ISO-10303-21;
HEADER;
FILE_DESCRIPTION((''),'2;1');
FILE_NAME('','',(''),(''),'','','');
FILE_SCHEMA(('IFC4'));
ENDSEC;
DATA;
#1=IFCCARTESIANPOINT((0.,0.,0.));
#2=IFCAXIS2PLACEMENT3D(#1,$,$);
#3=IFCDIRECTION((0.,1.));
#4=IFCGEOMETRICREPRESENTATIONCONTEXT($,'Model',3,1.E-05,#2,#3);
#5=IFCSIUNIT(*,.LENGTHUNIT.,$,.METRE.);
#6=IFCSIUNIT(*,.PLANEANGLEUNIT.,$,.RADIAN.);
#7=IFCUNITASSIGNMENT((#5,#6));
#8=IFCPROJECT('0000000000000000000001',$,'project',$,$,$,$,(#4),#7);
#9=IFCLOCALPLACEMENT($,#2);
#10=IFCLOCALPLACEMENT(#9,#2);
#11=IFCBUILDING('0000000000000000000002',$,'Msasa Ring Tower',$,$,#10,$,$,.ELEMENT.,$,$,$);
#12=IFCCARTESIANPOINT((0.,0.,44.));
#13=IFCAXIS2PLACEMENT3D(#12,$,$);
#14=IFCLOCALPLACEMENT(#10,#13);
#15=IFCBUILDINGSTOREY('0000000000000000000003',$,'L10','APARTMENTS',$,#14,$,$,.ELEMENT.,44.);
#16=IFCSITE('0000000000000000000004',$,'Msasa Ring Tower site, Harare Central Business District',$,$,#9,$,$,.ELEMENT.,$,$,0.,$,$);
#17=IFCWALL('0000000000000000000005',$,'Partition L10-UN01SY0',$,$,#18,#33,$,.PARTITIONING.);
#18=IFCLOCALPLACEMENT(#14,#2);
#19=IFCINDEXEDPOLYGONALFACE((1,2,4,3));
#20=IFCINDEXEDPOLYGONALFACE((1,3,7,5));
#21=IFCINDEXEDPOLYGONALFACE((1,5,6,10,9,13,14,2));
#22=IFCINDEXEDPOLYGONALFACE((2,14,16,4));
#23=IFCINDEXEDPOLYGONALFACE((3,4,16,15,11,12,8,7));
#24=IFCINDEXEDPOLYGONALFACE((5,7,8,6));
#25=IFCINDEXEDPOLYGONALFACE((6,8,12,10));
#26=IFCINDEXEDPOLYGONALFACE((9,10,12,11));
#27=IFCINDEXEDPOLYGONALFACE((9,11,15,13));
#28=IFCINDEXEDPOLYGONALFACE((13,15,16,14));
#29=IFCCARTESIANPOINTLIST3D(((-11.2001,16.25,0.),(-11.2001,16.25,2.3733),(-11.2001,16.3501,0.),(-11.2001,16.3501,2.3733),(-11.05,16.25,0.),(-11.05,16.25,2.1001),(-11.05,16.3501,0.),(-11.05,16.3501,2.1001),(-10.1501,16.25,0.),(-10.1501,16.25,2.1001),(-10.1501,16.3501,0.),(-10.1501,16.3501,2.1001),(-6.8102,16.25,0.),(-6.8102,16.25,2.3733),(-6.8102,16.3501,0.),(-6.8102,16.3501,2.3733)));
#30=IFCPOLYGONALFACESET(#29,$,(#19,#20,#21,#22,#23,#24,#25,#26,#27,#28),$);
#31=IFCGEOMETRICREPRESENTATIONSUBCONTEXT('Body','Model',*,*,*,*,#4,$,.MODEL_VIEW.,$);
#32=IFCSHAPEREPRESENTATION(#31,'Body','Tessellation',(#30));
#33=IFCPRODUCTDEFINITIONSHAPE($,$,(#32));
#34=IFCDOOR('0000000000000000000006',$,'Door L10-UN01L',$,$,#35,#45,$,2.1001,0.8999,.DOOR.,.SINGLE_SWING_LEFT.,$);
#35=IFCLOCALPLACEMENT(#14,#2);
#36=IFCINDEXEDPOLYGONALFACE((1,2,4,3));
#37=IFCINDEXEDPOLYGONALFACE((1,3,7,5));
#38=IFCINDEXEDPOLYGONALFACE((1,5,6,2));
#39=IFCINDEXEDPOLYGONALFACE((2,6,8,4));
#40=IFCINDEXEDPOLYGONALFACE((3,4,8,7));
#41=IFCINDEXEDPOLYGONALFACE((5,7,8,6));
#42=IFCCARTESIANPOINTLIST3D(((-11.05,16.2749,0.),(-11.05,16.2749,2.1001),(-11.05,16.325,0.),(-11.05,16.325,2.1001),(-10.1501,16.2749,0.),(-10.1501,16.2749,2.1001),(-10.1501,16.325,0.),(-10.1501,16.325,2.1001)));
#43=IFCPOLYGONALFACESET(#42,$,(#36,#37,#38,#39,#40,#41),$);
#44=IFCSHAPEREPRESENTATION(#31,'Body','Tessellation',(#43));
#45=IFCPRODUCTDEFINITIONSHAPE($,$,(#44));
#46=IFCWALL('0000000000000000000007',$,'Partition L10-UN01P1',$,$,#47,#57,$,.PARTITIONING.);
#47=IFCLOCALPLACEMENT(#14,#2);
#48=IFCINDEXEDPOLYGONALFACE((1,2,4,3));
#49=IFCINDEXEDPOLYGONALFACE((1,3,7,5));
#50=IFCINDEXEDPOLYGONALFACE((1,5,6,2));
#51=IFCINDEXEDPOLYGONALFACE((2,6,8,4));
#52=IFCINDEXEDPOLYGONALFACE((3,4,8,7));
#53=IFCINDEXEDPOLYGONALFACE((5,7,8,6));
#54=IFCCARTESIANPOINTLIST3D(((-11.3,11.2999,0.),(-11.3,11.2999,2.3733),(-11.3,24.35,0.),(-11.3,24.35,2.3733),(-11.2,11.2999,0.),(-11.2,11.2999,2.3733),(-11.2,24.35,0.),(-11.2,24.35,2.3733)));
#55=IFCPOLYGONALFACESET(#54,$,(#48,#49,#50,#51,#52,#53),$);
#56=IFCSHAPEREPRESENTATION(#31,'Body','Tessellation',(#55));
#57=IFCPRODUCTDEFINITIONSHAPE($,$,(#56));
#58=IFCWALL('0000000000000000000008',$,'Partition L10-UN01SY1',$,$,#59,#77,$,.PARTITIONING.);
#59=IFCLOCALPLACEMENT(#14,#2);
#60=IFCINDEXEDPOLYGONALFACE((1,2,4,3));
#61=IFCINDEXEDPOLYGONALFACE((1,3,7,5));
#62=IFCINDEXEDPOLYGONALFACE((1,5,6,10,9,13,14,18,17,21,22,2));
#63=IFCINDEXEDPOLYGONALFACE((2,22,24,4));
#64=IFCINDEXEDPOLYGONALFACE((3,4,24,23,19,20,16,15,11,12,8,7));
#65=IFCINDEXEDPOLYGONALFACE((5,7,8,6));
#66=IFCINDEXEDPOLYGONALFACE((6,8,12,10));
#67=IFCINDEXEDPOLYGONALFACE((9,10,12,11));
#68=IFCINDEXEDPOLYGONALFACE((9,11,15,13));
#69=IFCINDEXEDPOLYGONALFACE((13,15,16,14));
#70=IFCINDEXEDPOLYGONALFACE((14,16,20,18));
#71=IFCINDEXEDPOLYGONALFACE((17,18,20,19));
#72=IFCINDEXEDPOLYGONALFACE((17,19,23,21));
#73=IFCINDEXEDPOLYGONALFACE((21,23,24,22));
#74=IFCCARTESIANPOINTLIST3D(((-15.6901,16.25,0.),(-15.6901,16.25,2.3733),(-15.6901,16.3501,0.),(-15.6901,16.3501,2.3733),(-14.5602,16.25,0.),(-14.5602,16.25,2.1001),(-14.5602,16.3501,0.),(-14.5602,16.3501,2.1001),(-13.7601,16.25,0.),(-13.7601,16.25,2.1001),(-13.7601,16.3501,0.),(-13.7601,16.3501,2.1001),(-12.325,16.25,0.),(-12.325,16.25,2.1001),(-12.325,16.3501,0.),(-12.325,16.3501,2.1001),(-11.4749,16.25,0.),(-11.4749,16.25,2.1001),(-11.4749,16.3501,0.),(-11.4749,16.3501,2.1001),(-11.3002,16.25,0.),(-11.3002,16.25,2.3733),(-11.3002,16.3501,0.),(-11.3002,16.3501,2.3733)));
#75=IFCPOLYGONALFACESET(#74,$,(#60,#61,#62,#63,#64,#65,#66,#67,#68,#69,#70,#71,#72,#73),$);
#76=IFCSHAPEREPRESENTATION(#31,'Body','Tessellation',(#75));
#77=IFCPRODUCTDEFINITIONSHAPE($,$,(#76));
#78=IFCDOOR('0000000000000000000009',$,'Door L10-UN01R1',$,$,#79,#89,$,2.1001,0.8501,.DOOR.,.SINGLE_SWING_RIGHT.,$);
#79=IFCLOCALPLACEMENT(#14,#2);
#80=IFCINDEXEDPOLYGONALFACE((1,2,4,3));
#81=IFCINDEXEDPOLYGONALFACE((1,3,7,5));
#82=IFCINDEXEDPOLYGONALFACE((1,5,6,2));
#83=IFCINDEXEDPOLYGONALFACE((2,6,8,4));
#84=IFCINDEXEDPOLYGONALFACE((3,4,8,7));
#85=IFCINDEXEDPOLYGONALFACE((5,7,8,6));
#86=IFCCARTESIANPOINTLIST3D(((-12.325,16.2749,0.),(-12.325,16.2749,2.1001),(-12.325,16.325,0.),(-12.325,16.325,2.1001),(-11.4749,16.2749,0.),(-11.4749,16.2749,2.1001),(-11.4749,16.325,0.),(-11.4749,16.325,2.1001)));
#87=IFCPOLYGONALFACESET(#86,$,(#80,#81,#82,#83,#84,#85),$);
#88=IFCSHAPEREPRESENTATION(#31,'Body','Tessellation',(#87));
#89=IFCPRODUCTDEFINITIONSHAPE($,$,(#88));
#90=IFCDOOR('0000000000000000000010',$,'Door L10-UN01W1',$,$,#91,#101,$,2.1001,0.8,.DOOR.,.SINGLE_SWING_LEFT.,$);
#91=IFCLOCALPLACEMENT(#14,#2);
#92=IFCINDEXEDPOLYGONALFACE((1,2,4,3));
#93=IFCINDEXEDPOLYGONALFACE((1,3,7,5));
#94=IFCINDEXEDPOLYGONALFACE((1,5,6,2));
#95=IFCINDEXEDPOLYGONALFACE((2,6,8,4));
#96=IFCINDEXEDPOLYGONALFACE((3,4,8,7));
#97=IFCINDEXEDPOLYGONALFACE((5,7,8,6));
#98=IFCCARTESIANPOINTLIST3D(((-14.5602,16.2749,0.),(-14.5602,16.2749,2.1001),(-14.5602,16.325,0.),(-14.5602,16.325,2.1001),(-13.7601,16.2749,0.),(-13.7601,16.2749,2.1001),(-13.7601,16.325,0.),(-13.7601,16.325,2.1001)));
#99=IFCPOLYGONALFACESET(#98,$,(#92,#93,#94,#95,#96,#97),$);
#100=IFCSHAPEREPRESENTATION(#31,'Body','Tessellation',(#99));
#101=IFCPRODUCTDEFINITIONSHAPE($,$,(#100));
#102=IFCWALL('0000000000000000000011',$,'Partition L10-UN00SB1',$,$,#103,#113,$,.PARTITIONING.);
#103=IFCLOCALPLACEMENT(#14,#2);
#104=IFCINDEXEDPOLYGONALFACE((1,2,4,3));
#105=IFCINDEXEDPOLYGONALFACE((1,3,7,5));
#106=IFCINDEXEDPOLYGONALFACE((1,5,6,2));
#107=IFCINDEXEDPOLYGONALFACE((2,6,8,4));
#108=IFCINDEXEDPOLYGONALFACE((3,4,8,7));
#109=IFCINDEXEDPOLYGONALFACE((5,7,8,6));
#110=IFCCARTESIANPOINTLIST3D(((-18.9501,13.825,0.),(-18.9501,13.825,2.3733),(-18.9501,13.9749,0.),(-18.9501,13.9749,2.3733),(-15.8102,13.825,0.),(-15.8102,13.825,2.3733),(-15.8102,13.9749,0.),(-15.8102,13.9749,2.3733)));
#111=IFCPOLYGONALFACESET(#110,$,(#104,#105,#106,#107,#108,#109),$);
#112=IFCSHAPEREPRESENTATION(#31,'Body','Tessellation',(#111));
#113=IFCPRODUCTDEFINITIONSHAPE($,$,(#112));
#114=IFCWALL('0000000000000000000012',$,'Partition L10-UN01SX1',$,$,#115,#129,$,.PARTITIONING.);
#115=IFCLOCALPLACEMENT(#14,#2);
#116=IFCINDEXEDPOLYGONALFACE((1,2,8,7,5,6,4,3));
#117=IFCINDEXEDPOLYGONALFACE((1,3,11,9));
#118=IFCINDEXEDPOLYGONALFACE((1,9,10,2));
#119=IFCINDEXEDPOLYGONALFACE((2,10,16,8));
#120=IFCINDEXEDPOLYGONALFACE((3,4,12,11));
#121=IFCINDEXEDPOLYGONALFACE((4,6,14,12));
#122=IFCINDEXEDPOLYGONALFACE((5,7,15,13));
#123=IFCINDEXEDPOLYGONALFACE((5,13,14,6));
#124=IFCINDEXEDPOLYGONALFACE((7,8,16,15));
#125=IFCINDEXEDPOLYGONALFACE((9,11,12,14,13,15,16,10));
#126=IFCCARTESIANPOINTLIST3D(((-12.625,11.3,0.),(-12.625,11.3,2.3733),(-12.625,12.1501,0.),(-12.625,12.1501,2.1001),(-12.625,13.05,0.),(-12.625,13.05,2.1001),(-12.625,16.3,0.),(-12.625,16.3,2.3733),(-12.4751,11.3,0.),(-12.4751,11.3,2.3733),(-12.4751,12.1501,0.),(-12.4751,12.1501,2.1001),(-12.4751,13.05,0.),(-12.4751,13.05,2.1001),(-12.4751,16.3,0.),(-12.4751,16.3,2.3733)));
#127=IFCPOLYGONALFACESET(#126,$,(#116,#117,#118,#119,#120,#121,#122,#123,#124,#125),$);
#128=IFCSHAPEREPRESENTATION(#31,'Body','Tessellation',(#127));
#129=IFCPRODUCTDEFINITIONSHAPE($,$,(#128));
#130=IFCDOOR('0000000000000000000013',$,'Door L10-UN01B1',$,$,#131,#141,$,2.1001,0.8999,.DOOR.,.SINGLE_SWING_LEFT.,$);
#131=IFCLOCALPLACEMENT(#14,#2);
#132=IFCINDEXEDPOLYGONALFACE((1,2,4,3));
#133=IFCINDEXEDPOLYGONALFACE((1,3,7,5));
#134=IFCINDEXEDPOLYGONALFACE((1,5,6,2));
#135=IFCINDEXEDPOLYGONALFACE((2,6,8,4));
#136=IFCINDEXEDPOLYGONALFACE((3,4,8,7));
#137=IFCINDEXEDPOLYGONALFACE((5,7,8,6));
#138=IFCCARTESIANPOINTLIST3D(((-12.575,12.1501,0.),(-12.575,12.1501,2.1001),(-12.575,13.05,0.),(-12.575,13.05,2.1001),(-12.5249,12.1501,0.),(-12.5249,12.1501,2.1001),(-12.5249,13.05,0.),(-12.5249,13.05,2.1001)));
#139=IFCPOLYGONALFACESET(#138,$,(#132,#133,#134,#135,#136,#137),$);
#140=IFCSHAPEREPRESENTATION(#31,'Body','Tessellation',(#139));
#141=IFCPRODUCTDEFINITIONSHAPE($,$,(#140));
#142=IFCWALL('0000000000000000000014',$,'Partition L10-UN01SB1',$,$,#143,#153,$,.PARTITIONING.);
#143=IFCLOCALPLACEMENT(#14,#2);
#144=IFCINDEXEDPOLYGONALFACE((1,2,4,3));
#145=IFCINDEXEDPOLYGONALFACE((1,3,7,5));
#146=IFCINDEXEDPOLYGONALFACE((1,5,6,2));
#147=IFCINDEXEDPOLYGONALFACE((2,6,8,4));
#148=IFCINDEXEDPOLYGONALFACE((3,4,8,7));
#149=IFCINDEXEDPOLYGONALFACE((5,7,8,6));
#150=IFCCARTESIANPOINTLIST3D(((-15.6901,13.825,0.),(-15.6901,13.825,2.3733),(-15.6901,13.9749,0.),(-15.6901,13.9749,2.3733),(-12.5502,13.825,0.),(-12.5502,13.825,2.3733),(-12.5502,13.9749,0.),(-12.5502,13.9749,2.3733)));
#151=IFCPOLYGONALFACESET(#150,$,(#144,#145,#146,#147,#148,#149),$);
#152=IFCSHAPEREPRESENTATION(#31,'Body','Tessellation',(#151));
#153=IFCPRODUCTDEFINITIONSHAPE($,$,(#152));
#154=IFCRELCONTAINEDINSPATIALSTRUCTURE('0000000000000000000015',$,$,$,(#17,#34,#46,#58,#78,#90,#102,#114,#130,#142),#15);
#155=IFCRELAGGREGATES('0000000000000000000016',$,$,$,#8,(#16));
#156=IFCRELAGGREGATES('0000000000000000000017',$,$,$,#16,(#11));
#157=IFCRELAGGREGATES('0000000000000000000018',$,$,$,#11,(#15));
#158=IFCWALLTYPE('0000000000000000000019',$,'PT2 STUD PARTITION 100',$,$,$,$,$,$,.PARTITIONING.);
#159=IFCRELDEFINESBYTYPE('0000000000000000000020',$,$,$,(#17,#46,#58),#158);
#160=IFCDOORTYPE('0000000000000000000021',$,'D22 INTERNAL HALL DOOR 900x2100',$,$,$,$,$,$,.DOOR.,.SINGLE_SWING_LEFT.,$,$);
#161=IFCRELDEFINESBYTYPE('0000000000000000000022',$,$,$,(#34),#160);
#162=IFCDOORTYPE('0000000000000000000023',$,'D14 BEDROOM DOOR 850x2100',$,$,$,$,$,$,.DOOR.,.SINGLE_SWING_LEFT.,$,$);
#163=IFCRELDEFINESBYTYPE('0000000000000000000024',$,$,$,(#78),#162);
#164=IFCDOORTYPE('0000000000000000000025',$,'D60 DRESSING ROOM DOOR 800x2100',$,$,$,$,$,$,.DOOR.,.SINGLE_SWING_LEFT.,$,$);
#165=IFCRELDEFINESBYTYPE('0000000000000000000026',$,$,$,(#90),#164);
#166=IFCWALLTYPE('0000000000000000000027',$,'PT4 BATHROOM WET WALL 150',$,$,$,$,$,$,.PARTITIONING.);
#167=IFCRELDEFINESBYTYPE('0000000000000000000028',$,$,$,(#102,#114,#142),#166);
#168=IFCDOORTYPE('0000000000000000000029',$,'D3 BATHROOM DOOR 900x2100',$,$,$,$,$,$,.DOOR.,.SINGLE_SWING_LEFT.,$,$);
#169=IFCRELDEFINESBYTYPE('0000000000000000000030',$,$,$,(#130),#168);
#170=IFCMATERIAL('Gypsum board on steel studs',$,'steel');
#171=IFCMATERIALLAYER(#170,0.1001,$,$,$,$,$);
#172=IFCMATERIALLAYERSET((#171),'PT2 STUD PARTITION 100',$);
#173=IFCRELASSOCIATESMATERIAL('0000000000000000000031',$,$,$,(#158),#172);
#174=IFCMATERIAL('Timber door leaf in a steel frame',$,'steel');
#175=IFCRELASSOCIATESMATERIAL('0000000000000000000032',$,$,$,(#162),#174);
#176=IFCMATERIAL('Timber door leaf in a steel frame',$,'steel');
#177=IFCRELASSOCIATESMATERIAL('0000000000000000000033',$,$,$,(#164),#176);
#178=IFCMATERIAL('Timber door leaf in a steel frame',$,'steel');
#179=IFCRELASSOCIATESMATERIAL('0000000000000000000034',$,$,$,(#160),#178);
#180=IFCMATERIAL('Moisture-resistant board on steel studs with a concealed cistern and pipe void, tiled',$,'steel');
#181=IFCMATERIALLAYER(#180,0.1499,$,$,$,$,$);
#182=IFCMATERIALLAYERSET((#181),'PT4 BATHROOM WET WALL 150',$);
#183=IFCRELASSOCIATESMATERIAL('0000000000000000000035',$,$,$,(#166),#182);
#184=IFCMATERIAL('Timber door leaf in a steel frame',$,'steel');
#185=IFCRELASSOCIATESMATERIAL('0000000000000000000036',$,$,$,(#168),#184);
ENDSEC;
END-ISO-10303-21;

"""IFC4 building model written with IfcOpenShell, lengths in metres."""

from ifc_helpers import new_model, si_unit, direction, frame, frame_2d, origin, place, context, subcontext, project, spatial, rectangle, extrude, material, layer, layer_set, type_object, element, fill, save


model = new_model("IFC4")

# Units and contexts
model_context = context("Model", 3, precision=1e-05, world=origin(), true_north=direction((0.0, 1.0)))
body_context = subcontext(model_context, "Body", "Model", "MODEL_VIEW")
ifc_project = project(units=[si_unit("LENGTHUNIT", "METRE"), si_unit("PLANEANGLEUNIT", "RADIAN")], contexts=[model_context])

# Site, building, storey
site_placement = place(None, origin())
site = spatial("IfcSite", under=ifc_project, at=site_placement, Name="Msasa Ring Tower site, Harare Central Business District", CompositionType="ELEMENT", RefElevation=0.0)
building_placement = place(site_placement, origin())
building = spatial("IfcBuilding", under=site, at=building_placement, Name="Msasa Ring Tower", CompositionType="ELEMENT")
storey_placement = place(building_placement, frame((0.0, 0.0, 44.0)))
storey = spatial("IfcBuildingStorey", under=building, at=storey_placement, Name="L10", Description="APARTMENTS", CompositionType="ELEMENT", Elevation=44.0)

# Shared definitions
ifc_material_1 = material(Name="Gypsum board on steel studs", Category="steel")
ifc_layer_1 = layer(ifc_material_1, 0.1001)
ifc_layer_set_1 = layer_set([ifc_layer_1], Name="PT2 STUD PARTITION 100")
wall_type_1 = type_object("IfcWallType", Name="PT2 STUD PARTITION 100", PredefinedType="PARTITIONING", material=ifc_layer_set_1)
ifc_material_2 = material(Name="Timber door leaf in a steel frame", Category="steel")
door_type_1 = type_object("IfcDoorType", Name="D14 BEDROOM DOOR 850x2100", OperationType="SINGLE_SWING_LEFT", PredefinedType="DOOR", material=ifc_material_2)
ifc_material_3 = material(Name="Timber door leaf in a steel frame", Category="steel")
door_type_2 = type_object("IfcDoorType", Name="D60 DRESSING ROOM DOOR 800x2100", OperationType="SINGLE_SWING_LEFT", PredefinedType="DOOR", material=ifc_material_3)

# Wall, opening, door
wall_1_placement = place(storey_placement, frame((-11.2, 16.3, 0.0), z_axis=(0.0, 0.0, 1.0), x_axis=(1.0, 0.0, 0.0)))
wall_1 = element("IfcWall", 1, at=wall_1_placement, inside=storey, type_object=wall_type_1, Name="Partition L10-UN01SY0", PredefinedType="PARTITIONING", context=body_context, shape_type="SweptSolid", body=[
    extrude(rectangle(XDim=4.3899, YDim=0.1001, at=frame_2d((2.1948, 0.0))), origin(), (0.0, 0.0, 1.0), 2.3733),
])
opening_1_placement = place(wall_1_placement, frame((0.1499, 0.0, 0.0)))
opening_1 = element("IfcOpeningElement", 2, at=opening_1_placement, cuts=wall_1, PredefinedType="OPENING", context=body_context, shape_type="SweptSolid", body=[
    extrude(rectangle(XDim=0.8999, YDim=2.1001, at=frame_2d((0.45, 1.05))), frame((0.0, 0.0601, 0.0), z_axis=(0.0, -1.0, 0.0), x_axis=(1.0, 0.0, 0.0)), (0.0, 0.0, 1.0), 0.1201),
])
ifc_material_4 = material(Name="Timber door leaf in a steel frame", Category="steel")
door_type_3 = type_object("IfcDoorType", Name="D22 INTERNAL HALL DOOR 900x2100", OperationType="SINGLE_SWING_LEFT", PredefinedType="DOOR", material=ifc_material_4)
door_1_placement = place(opening_1_placement, origin())
door_1 = element("IfcDoor", 3, at=door_1_placement, inside=storey, type_object=door_type_3, Name="Door L10-UN01L", OperationType="SINGLE_SWING_LEFT", OverallHeight=2.1001, OverallWidth=0.8999, PredefinedType="DOOR", context=body_context, shape_type="SweptSolid", body=[
    extrude(rectangle(XDim=0.8999, YDim=2.1001, at=frame_2d((0.45, 1.05))), frame((0.0, 0.0249, 0.0), z_axis=(0.0, -1.0, 0.0), x_axis=(1.0, 0.0, 0.0)), (0.0, 0.0, 1.0), 0.05),
])
fill(opening_1, door_1)

# Wall
wall_2_placement = place(storey_placement, frame((-11.25, 11.3, 0.0), z_axis=(0.0, 0.0, 1.0), x_axis=(0.0, 1.0, 0.0)))
element("IfcWall", 4, at=wall_2_placement, inside=storey, type_object=wall_type_1, Name="Partition L10-UN01P1", PredefinedType="PARTITIONING", context=body_context, shape_type="SweptSolid", body=[
    extrude(rectangle(XDim=13.05, YDim=0.1001, at=frame_2d((6.5249, 0.0))), origin(), (0.0, 0.0, 1.0), 2.3733),
])

# Wall, openings, doors
wall_3_placement = place(storey_placement, frame((-15.6899, 16.3, 0.0), z_axis=(0.0, 0.0, 1.0), x_axis=(1.0, 0.0, 0.0)))
wall_3 = element("IfcWall", 5, at=wall_3_placement, inside=storey, type_object=wall_type_1, Name="Partition L10-UN01SY1", PredefinedType="PARTITIONING", context=body_context, shape_type="SweptSolid", body=[
    extrude(rectangle(XDim=4.3899, YDim=0.1001, at=frame_2d((2.1948, 0.0))), origin(), (0.0, 0.0, 1.0), 2.3733),
])
opening_2_placement = place(wall_3_placement, frame((3.365, 0.0, 0.0)))
opening_2 = element("IfcOpeningElement", 6, at=opening_2_placement, cuts=wall_3, PredefinedType="OPENING", context=body_context, shape_type="SweptSolid", body=[
    extrude(rectangle(XDim=0.8501, YDim=2.1001, at=frame_2d((0.425, 1.05))), frame((0.0, 0.0601, 0.0), z_axis=(0.0, -1.0, 0.0), x_axis=(1.0, 0.0, 0.0)), (0.0, 0.0, 1.0), 0.1201),
])
opening_3_placement = place(wall_3_placement, frame((1.1299, 0.0, 0.0)))
opening_3 = element("IfcOpeningElement", 7, at=opening_3_placement, cuts=wall_3, PredefinedType="OPENING", context=body_context, shape_type="SweptSolid", body=[
    extrude(rectangle(XDim=0.8, YDim=2.1001, at=frame_2d((0.3999, 1.05))), frame((0.0, 0.0601, 0.0), z_axis=(0.0, -1.0, 0.0), x_axis=(1.0, 0.0, 0.0)), (0.0, 0.0, 1.0), 0.1201),
])
door_2_placement = place(opening_2_placement, origin())
door_2 = element("IfcDoor", 8, at=door_2_placement, inside=storey, type_object=door_type_1, Name="Door L10-UN01R1", OperationType="SINGLE_SWING_RIGHT", OverallHeight=2.1001, OverallWidth=0.8501, PredefinedType="DOOR", context=body_context, shape_type="SweptSolid", body=[
    extrude(rectangle(XDim=0.8501, YDim=2.1001, at=frame_2d((0.425, 1.05))), frame((0.0, 0.0249, 0.0), z_axis=(0.0, -1.0, 0.0), x_axis=(1.0, 0.0, 0.0)), (0.0, 0.0, 1.0), 0.05),
])
fill(opening_2, door_2)
door_3_placement = place(opening_3_placement, origin())
door_3 = element("IfcDoor", 9, at=door_3_placement, inside=storey, type_object=door_type_2, Name="Door L10-UN01W1", OperationType="SINGLE_SWING_LEFT", OverallHeight=2.1001, OverallWidth=0.8, PredefinedType="DOOR", context=body_context, shape_type="SweptSolid", body=[
    extrude(rectangle(XDim=0.8, YDim=2.1001, at=frame_2d((0.3999, 1.05))), frame((0.0, 0.0249, 0.0), z_axis=(0.0, -1.0, 0.0), x_axis=(1.0, 0.0, 0.0)), (0.0, 0.0, 1.0), 0.05),
])
fill(opening_3, door_3)

# Wall
ifc_material_5 = material(Name="Moisture-resistant board on steel studs with a concealed cistern and pipe void, tiled", Category="steel")
ifc_layer_2 = layer(ifc_material_5, 0.1499)
ifc_layer_set_2 = layer_set([ifc_layer_2], Name="PT4 BATHROOM WET WALL 150")
wall_type_2 = type_object("IfcWallType", Name="PT4 BATHROOM WET WALL 150", PredefinedType="PARTITIONING", material=ifc_layer_set_2)
wall_4_placement = place(storey_placement, frame((-18.95, 13.8999, 0.0), z_axis=(0.0, 0.0, 1.0), x_axis=(1.0, 0.0, 0.0)))
element("IfcWall", 10, at=wall_4_placement, inside=storey, type_object=wall_type_2, Name="Partition L10-UN00SB1", PredefinedType="PARTITIONING", context=body_context, shape_type="SweptSolid", body=[
    extrude(rectangle(XDim=3.1399, YDim=0.1499, at=frame_2d((1.5698, 0.0))), origin(), (0.0, 0.0, 1.0), 2.3733),
])

# Wall, opening, door
wall_5_placement = place(storey_placement, frame((-12.55, 11.3, 0.0), z_axis=(0.0, 0.0, 1.0), x_axis=(0.0, 1.0, 0.0)))
wall_5 = element("IfcWall", 11, at=wall_5_placement, inside=storey, type_object=wall_type_2, Name="Partition L10-UN01SX1", PredefinedType="PARTITIONING", context=body_context, shape_type="SweptSolid", body=[
    extrude(rectangle(XDim=5.0, YDim=0.1499, at=frame_2d((2.5, 0.0))), origin(), (0.0, 0.0, 1.0), 2.3733),
])
opening_4_placement = place(wall_5_placement, frame((0.8501, 0.0, 0.0)))
opening_4 = element("IfcOpeningElement", 12, at=opening_4_placement, cuts=wall_5, PredefinedType="OPENING", context=body_context, shape_type="SweptSolid", body=[
    extrude(rectangle(XDim=0.8999, YDim=2.1001, at=frame_2d((0.45, 1.05))), frame((0.0, 0.085, 0.0), z_axis=(0.0, -1.0, 0.0), x_axis=(1.0, 0.0, 0.0)), (0.0, 0.0, 1.0), 0.1699),
])
ifc_material_6 = material(Name="Timber door leaf in a steel frame", Category="steel")
door_type_4 = type_object("IfcDoorType", Name="D3 BATHROOM DOOR 900x2100", OperationType="SINGLE_SWING_LEFT", PredefinedType="DOOR", material=ifc_material_6)
door_4_placement = place(opening_4_placement, origin())
door_4 = element("IfcDoor", 13, at=door_4_placement, inside=storey, type_object=door_type_4, Name="Door L10-UN01B1", OperationType="SINGLE_SWING_LEFT", OverallHeight=2.1001, OverallWidth=0.8999, PredefinedType="DOOR", context=body_context, shape_type="SweptSolid", body=[
    extrude(rectangle(XDim=0.8999, YDim=2.1001, at=frame_2d((0.45, 1.05))), frame((0.0, 0.0249, 0.0), z_axis=(0.0, -1.0, 0.0), x_axis=(1.0, 0.0, 0.0)), (0.0, 0.0, 1.0), 0.05),
])
fill(opening_4, door_4)

# Wall
wall_6_placement = place(storey_placement, frame((-15.6899, 13.8999, 0.0), z_axis=(0.0, 0.0, 1.0), x_axis=(1.0, 0.0, 0.0)))
element("IfcWall", 14, at=wall_6_placement, inside=storey, type_object=wall_type_2, Name="Partition L10-UN01SB1", PredefinedType="PARTITIONING", context=body_context, shape_type="SweptSolid", body=[
    extrude(rectangle(XDim=3.1399, YDim=0.1499, at=frame_2d((1.5698, 0.0))), origin(), (0.0, 0.0, 1.0), 2.3733),
])

save(model, "model.ifc")
